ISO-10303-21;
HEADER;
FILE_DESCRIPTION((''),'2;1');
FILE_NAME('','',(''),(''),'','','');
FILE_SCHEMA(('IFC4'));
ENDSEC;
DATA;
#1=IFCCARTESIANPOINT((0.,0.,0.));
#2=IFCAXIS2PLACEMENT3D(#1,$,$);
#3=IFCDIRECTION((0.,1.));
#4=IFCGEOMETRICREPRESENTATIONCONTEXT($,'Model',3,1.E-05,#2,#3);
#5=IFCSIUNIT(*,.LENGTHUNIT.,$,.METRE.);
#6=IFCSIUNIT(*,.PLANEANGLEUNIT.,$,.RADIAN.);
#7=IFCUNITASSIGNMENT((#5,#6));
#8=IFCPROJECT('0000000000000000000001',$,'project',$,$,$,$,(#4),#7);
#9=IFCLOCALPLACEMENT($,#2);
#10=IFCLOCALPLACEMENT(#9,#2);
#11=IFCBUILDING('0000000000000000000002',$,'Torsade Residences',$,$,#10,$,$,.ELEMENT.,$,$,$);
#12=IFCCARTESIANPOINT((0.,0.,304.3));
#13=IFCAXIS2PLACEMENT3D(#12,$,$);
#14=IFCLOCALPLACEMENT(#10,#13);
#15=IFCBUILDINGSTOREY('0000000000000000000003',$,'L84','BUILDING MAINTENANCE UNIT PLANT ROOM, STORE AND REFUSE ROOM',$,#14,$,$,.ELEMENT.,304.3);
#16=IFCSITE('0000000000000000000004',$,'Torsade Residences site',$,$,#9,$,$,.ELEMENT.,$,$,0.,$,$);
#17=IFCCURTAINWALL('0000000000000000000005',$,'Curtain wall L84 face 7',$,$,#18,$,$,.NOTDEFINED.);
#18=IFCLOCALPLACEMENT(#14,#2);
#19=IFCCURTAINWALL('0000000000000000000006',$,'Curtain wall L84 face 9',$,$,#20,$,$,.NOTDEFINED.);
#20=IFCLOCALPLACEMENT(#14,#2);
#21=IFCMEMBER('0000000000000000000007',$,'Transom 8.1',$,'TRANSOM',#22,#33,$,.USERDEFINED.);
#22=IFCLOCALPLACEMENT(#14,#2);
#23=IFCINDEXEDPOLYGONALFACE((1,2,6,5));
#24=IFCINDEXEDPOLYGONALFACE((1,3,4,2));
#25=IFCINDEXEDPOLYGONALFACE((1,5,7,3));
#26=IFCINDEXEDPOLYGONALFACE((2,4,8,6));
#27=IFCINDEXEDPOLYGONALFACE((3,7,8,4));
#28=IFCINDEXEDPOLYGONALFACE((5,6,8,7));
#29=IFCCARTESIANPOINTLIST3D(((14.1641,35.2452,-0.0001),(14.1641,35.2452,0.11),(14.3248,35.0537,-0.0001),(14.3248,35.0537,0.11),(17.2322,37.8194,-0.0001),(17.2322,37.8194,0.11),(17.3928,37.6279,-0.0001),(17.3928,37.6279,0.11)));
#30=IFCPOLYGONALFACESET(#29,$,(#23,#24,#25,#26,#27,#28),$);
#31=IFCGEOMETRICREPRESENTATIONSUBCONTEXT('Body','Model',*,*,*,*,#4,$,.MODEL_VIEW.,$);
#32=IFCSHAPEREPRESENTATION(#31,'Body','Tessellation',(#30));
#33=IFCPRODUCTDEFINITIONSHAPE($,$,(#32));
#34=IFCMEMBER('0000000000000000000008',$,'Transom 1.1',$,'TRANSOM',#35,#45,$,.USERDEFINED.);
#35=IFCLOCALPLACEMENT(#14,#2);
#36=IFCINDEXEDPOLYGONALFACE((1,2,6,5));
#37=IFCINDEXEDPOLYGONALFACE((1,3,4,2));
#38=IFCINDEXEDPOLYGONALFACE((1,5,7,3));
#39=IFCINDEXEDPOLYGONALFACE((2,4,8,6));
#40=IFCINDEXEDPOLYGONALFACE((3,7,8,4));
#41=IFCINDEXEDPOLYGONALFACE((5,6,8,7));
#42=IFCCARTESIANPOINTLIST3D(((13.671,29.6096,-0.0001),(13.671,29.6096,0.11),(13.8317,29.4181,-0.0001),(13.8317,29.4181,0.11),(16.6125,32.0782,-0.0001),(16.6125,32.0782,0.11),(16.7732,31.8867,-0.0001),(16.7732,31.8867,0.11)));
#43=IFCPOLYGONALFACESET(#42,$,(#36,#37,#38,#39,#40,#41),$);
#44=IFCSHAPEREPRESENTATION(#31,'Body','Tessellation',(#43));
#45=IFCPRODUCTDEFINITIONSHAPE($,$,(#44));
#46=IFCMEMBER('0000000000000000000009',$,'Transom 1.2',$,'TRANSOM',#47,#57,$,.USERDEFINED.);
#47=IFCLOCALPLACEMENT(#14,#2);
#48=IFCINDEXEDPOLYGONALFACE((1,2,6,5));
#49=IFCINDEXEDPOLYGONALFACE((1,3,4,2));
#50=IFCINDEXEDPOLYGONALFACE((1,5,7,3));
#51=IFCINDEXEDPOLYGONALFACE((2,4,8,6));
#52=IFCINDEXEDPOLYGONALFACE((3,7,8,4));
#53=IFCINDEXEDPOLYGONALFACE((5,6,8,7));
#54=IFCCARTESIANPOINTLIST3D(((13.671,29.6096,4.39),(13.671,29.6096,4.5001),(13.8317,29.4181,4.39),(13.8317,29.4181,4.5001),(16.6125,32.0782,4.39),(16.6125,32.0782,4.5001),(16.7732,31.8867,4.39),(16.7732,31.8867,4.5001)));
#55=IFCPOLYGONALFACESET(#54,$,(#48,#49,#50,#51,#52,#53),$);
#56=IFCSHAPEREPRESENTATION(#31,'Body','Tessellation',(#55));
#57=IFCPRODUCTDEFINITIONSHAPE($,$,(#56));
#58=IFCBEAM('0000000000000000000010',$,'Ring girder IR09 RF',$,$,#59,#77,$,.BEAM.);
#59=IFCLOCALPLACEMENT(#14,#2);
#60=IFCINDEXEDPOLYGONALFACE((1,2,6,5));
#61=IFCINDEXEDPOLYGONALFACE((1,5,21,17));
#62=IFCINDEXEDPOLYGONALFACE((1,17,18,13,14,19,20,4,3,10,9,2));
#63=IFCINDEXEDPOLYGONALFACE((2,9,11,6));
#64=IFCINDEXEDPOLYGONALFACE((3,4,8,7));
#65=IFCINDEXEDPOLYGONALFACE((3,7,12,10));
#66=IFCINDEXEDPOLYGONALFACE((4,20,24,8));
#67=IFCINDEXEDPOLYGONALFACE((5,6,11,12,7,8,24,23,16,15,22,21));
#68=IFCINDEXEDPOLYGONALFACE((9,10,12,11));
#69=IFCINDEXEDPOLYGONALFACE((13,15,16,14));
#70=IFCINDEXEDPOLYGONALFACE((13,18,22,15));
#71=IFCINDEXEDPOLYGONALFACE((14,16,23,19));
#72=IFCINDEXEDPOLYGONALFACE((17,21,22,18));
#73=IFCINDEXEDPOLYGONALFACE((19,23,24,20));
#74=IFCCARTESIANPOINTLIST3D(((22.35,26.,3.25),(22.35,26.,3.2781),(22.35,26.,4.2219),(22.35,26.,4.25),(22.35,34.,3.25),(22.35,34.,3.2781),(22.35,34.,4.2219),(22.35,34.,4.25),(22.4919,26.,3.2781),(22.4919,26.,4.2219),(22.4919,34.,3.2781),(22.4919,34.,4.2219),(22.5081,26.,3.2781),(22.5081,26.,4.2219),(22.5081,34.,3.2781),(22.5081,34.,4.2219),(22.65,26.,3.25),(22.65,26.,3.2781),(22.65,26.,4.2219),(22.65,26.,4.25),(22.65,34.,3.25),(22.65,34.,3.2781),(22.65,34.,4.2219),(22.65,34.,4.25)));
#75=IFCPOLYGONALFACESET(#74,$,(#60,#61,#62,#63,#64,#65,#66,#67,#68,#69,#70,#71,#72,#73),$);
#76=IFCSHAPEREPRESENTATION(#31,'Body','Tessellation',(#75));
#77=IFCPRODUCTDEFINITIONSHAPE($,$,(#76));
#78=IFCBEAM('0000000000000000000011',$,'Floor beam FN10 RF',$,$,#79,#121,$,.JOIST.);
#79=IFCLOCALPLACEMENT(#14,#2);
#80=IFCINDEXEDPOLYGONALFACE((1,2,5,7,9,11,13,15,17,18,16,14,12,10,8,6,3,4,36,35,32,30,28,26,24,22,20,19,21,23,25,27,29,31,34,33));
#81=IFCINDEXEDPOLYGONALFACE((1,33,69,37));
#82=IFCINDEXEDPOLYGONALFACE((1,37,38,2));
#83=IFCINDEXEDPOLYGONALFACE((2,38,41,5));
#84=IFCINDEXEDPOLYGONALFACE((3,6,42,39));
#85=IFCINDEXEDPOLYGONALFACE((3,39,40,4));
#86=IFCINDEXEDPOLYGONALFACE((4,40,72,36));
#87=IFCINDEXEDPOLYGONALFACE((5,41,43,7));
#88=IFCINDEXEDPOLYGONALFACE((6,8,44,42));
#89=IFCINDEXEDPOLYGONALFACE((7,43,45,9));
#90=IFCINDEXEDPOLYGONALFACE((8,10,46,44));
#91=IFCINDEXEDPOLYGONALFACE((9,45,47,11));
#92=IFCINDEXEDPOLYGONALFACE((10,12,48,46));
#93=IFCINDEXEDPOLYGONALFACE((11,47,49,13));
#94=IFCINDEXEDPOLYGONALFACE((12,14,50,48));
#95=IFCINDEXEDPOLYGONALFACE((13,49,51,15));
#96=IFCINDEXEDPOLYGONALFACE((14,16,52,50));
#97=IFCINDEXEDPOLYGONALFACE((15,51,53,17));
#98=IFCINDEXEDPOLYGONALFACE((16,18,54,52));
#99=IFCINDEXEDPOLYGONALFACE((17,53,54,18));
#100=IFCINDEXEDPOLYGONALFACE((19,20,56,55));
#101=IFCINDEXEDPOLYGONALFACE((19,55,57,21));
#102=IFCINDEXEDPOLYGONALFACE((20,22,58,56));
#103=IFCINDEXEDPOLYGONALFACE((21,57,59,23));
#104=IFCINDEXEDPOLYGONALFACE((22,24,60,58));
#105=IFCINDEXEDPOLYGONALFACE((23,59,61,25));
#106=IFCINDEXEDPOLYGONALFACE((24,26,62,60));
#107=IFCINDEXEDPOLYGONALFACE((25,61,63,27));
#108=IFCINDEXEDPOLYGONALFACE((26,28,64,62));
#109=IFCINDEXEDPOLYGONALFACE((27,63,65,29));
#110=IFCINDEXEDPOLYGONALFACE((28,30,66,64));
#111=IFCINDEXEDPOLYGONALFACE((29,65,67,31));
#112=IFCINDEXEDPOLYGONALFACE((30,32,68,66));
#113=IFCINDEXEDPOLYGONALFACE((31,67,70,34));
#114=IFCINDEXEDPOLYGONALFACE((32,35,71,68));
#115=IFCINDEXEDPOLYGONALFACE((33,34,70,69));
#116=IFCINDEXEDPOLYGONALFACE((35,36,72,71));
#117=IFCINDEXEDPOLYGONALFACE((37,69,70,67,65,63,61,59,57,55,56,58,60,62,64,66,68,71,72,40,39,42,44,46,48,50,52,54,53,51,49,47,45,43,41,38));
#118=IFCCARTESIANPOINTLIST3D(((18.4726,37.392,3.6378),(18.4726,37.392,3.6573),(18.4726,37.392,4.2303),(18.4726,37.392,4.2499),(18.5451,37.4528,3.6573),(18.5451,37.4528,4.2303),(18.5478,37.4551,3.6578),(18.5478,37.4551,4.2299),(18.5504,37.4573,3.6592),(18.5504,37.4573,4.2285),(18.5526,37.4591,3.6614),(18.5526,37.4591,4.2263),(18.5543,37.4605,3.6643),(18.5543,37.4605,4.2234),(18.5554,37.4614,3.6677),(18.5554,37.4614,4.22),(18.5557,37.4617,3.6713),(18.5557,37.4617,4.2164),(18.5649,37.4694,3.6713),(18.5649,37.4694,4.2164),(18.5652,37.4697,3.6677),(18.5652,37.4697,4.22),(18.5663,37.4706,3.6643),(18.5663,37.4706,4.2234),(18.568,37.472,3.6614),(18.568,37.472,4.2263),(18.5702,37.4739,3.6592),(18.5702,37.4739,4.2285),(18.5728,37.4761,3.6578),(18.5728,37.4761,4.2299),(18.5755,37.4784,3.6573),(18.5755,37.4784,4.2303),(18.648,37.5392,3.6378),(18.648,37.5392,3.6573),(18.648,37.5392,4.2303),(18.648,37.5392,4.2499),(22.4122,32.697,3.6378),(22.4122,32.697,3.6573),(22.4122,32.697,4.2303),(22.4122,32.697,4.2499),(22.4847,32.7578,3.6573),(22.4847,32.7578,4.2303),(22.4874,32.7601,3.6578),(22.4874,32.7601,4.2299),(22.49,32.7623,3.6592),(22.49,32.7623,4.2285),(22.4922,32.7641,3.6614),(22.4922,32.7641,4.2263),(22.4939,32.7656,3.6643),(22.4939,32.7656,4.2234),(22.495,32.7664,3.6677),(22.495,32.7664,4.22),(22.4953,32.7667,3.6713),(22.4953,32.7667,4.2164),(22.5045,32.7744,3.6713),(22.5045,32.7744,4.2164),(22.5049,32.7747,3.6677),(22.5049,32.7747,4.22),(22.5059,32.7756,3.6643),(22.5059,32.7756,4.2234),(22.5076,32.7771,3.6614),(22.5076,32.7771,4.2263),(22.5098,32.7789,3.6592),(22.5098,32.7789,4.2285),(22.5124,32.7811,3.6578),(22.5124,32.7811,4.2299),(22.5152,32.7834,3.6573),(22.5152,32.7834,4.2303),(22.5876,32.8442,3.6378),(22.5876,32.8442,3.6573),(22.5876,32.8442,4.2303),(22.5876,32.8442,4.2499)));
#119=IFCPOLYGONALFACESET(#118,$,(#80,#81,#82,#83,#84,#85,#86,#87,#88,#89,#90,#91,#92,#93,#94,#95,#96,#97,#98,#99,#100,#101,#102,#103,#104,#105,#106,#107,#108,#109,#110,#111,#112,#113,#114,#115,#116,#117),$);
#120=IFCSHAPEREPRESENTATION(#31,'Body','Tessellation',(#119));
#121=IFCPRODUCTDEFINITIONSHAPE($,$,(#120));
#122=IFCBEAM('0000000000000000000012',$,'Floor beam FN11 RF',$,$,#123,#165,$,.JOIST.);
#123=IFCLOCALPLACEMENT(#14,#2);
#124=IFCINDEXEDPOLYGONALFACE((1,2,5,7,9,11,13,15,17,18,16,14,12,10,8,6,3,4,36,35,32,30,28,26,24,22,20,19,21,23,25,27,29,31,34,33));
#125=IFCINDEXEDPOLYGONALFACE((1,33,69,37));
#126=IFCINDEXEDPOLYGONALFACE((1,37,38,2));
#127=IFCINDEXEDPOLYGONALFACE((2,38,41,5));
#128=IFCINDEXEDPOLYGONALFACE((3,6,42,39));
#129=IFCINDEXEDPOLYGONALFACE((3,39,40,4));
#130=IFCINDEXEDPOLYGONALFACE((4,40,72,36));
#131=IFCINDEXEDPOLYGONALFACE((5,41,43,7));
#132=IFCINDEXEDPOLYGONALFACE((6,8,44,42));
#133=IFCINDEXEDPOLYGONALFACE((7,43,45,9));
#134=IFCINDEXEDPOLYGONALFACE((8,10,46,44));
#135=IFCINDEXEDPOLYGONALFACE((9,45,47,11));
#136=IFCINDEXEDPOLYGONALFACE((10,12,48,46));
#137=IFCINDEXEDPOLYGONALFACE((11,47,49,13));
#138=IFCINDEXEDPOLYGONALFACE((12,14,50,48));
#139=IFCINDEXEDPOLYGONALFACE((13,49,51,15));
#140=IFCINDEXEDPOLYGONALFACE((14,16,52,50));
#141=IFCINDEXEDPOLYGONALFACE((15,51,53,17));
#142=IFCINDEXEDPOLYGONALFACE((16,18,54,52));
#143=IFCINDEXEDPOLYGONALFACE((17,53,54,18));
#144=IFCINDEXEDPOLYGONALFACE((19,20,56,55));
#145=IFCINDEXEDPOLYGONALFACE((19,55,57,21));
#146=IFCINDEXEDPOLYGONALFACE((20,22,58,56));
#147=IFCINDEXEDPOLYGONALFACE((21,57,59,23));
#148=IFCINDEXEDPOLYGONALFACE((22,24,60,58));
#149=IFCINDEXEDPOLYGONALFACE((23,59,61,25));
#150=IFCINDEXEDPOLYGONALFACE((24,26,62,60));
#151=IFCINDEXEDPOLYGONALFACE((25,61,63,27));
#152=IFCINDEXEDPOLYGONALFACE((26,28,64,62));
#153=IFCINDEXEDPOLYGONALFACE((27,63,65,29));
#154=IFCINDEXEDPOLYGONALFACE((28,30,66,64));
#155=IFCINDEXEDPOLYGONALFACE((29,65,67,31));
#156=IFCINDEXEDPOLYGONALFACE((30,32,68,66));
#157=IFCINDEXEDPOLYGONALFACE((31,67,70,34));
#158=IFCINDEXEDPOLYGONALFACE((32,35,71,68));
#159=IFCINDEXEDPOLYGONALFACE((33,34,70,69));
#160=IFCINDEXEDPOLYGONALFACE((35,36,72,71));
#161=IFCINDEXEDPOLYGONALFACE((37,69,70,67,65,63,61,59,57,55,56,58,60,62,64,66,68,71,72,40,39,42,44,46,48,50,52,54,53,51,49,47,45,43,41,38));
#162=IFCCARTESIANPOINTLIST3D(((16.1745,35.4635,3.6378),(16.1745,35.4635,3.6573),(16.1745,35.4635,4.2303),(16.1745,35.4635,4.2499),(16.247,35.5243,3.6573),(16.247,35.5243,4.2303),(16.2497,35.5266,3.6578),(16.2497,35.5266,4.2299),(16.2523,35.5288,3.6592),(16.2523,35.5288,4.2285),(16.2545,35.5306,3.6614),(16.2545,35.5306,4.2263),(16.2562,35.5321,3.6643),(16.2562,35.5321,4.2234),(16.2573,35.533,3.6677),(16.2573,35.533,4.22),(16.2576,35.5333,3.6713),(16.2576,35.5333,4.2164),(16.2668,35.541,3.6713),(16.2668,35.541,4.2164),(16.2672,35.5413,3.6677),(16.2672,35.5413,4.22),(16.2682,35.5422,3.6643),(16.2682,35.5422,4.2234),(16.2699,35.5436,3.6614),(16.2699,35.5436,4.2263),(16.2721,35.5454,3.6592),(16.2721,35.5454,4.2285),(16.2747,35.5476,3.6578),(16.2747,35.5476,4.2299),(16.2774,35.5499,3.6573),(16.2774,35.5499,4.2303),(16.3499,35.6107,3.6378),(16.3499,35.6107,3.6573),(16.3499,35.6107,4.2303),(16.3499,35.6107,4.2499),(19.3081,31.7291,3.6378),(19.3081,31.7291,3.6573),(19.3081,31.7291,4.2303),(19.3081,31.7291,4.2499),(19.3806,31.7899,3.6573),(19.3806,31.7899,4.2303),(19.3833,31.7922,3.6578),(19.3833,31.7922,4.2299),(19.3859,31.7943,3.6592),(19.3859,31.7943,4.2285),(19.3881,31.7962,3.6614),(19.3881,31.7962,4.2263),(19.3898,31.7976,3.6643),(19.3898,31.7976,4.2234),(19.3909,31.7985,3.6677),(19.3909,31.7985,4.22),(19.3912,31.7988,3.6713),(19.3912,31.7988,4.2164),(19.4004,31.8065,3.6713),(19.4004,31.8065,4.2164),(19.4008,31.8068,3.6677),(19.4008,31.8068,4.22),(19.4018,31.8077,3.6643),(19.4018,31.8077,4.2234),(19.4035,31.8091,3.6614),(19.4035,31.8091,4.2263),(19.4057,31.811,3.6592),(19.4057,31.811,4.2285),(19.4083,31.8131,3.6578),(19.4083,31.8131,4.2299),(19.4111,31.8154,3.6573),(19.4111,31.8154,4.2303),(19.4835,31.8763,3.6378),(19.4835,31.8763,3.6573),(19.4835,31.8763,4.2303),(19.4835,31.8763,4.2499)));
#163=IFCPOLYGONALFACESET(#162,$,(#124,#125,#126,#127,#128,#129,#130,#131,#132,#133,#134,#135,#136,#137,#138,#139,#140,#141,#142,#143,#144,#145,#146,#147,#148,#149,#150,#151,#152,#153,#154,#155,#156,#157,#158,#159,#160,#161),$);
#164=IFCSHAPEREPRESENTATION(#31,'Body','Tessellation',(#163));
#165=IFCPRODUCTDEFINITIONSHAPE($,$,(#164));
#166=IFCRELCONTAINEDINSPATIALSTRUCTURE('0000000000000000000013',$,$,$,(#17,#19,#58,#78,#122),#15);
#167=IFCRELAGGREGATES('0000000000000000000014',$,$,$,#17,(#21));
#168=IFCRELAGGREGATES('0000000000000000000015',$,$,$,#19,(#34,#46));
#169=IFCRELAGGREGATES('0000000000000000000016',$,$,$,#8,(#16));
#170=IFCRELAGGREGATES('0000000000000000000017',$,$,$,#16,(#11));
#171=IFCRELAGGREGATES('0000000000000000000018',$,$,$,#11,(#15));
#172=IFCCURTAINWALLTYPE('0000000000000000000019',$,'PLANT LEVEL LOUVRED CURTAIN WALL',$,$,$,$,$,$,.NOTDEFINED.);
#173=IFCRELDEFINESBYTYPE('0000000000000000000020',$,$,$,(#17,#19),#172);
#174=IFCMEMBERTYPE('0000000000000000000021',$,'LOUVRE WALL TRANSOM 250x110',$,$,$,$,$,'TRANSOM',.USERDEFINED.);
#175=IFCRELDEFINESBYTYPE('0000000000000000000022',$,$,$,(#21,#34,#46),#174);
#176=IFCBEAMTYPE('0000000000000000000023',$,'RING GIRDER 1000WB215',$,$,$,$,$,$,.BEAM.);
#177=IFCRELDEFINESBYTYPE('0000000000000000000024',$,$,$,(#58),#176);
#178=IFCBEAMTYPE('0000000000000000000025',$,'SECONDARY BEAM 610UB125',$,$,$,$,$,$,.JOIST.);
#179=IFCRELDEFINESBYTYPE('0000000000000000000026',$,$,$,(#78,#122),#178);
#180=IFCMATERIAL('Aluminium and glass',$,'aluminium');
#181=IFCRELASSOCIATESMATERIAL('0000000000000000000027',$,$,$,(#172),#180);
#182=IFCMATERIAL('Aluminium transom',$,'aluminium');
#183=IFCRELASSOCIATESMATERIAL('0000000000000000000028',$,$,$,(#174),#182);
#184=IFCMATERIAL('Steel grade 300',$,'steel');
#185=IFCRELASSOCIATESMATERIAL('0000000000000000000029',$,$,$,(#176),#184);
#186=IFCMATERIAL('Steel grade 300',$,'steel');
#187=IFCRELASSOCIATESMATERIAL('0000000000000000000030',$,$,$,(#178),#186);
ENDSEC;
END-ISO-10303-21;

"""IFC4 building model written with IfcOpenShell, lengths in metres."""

from ifc_helpers import new_model, si_unit, direction, frame, origin, origin_2d, place, context, subcontext, project, spatial, rectangle, i_section, extrude, material, material_profile, profile_set, type_object, element, aggregate, save


model = new_model("IFC4")

# Units and contexts
model_context = context("Model", 3, precision=1e-05, world=origin(), true_north=direction((0.0, 1.0)))
body_context = subcontext(model_context, "Body", "Model", "MODEL_VIEW")
ifc_project = project(units=[si_unit("LENGTHUNIT", "METRE"), si_unit("PLANEANGLEUNIT", "RADIAN")], contexts=[model_context])

# Site, building, storey
site_placement = place(None, origin())
site = spatial("IfcSite", under=ifc_project, at=site_placement, Name="Torsade Residences site", CompositionType="ELEMENT", RefElevation=0.0)
building_placement = place(site_placement, origin())
building = spatial("IfcBuilding", under=site, at=building_placement, Name="Torsade Residences", CompositionType="ELEMENT")
storey_placement = place(building_placement, frame((0.0, 0.0, 304.3)))
storey = spatial("IfcBuildingStorey", under=building, at=storey_placement, Name="L84", Description="BUILDING MAINTENANCE UNIT PLANT ROOM, STORE AND REFUSE ROOM", CompositionType="ELEMENT", Elevation=304.3)

# Curtain walls
ifc_material_1 = material(Name="Aluminium and glass", Category="aluminium")
curtain_wall_type = type_object("IfcCurtainWallType", Name="PLANT LEVEL LOUVRED CURTAIN WALL", PredefinedType="NOTDEFINED", material=ifc_material_1)
curtain_wall_1_placement = place(storey_placement, origin())
curtain_wall_1 = element("IfcCurtainWall", 1, at=curtain_wall_1_placement, inside=storey, type_object=curtain_wall_type, Name="Curtain wall L84 face 7", PredefinedType="NOTDEFINED")
curtain_wall_2_placement = place(storey_placement, origin())
curtain_wall_2 = element("IfcCurtainWall", 2, at=curtain_wall_2_placement, inside=storey, type_object=curtain_wall_type, Name="Curtain wall L84 face 9", PredefinedType="NOTDEFINED")

# Members
ifc_material_2 = material(Name="Aluminium transom", Category="aluminium")
ifc_material_profile_1 = material_profile(ifc_material_2, rectangle(XDim=0.25, YDim=0.1101, at=origin_2d()), Name="LOUVRE WALL TRANSOM 250x110")
ifc_profile_set_1 = profile_set([ifc_material_profile_1], Name="Aluminium transom")
member_type_1 = type_object("IfcMemberType", Name="LOUVRE WALL TRANSOM 250x110", ElementType="TRANSOM", PredefinedType="USERDEFINED", material=ifc_profile_set_1)
member_1_placement = place(storey_placement, frame((17.3125, 37.7236, 0.0549), z_axis=(-0.766073, -0.642753, 0.0), x_axis=(0.642753, -0.766073, 0.0)))
member_1 = element("IfcMember", 3, at=member_1_placement, type_object=member_type_1, Name="Transom 8.1", ObjectType="TRANSOM", PredefinedType="USERDEFINED", context=body_context, shape_type="SweptSolid", body=[
    extrude(rectangle(XDim=0.25, YDim=0.1101, at=origin_2d()), origin(), (0.0, 0.0, 1.0), 4.0049),
])
member_2_placement = place(storey_placement, frame((16.6929, 31.9824, 0.0549), z_axis=(-0.765997, -0.642845, 0.0), x_axis=(0.642845, -0.765997, 0.0)))
member_2 = element("IfcMember", 4, at=member_2_placement, type_object=member_type_1, Name="Transom 1.1", ObjectType="TRANSOM", PredefinedType="USERDEFINED", context=body_context, shape_type="SweptSolid", body=[
    extrude(rectangle(XDim=0.25, YDim=0.1101, at=origin_2d()), origin(), (0.0, 0.0, 1.0), 3.8401),
])
member_3_placement = place(storey_placement, frame((16.6929, 31.9824, 4.4451), z_axis=(-0.765997, -0.642845, 0.0), x_axis=(0.642845, -0.765997, 0.0)))
member_3 = element("IfcMember", 5, at=member_3_placement, type_object=member_type_1, Name="Transom 1.2", ObjectType="TRANSOM", PredefinedType="USERDEFINED", context=body_context, shape_type="SweptSolid", body=[
    extrude(rectangle(XDim=0.25, YDim=0.1101, at=origin_2d()), origin(), (0.0, 0.0, 1.0), 3.8401),
])

# Beams
ifc_material_3 = material(Name="Steel grade 300", Category="steel")
ifc_material_profile_2 = material_profile(ifc_material_3, i_section(OverallWidth=0.3, OverallDepth=1.0, WebThickness=0.0161, FlangeThickness=0.0281, at=origin_2d()), Name="1000WB215")
ifc_profile_set_2 = profile_set([ifc_material_profile_2], Name="Steel grade 300")
beam_type_1 = type_object("IfcBeamType", Name="RING GIRDER 1000WB215", PredefinedType="BEAM", material=ifc_profile_set_2)
beam_1_placement = place(storey_placement, frame((22.5, 34.0, 3.75), z_axis=(0.0, -1.0, 0.0), x_axis=(1.0, 0.0, 0.0)))
element("IfcBeam", 6, at=beam_1_placement, inside=storey, type_object=beam_type_1, Name="Ring girder IR09 RF", PredefinedType="BEAM", context=body_context, shape_type="SweptSolid", body=[
    extrude(i_section(OverallWidth=0.3, OverallDepth=1.0, WebThickness=0.0161, FlangeThickness=0.0281, at=origin_2d()), origin(), (0.0, 0.0, 1.0), 8.0),
])
ifc_material_4 = material(Name="Steel grade 300", Category="steel")
ifc_material_profile_3 = material_profile(ifc_material_4, i_section(OverallWidth=0.229, OverallDepth=0.6121, WebThickness=0.012, FlangeThickness=0.0195, FilletRadius=0.0139, at=origin_2d()), Name="610UB125")
ifc_profile_set_3 = profile_set([ifc_material_profile_3], Name="Steel grade 300")
beam_type_2 = type_object("IfcBeamType", Name="SECONDARY BEAM 610UB125", PredefinedType="JOIST", material=ifc_profile_set_3)
beam_2_placement = place(storey_placement, frame((18.5603, 37.4656, 3.9438), z_axis=(0.642794, -0.766039, 0.0), x_axis=(0.766039, 0.642794, 0.0)))
element("IfcBeam", 7, at=beam_2_placement, inside=storey, type_object=beam_type_2, Name="Floor beam FN10 RF", PredefinedType="JOIST", context=body_context, shape_type="SweptSolid", body=[
    extrude(i_section(OverallWidth=0.229, OverallDepth=0.6121, WebThickness=0.012, FlangeThickness=0.0195, FilletRadius=0.0139, at=origin_2d()), origin(), (0.0, 0.0, 1.0), 6.1289),
])
beam_3_placement = place(storey_placement, frame((16.2622, 35.5371, 3.9438), z_axis=(0.642791, -0.766041, 0.0), x_axis=(0.766041, 0.642791, 0.0)))
element("IfcBeam", 8, at=beam_3_placement, inside=storey, type_object=beam_type_2, Name="Floor beam FN11 RF", PredefinedType="JOIST", context=body_context, shape_type="SweptSolid", body=[
    extrude(i_section(OverallWidth=0.229, OverallDepth=0.6121, WebThickness=0.012, FlangeThickness=0.0195, FilletRadius=0.0139, at=origin_2d()), origin(), (0.0, 0.0, 1.0), 4.875),
])

aggregate(curtain_wall_1, [member_1])
aggregate(curtain_wall_2, [member_2, member_3])

save(model, "model.ifc")
